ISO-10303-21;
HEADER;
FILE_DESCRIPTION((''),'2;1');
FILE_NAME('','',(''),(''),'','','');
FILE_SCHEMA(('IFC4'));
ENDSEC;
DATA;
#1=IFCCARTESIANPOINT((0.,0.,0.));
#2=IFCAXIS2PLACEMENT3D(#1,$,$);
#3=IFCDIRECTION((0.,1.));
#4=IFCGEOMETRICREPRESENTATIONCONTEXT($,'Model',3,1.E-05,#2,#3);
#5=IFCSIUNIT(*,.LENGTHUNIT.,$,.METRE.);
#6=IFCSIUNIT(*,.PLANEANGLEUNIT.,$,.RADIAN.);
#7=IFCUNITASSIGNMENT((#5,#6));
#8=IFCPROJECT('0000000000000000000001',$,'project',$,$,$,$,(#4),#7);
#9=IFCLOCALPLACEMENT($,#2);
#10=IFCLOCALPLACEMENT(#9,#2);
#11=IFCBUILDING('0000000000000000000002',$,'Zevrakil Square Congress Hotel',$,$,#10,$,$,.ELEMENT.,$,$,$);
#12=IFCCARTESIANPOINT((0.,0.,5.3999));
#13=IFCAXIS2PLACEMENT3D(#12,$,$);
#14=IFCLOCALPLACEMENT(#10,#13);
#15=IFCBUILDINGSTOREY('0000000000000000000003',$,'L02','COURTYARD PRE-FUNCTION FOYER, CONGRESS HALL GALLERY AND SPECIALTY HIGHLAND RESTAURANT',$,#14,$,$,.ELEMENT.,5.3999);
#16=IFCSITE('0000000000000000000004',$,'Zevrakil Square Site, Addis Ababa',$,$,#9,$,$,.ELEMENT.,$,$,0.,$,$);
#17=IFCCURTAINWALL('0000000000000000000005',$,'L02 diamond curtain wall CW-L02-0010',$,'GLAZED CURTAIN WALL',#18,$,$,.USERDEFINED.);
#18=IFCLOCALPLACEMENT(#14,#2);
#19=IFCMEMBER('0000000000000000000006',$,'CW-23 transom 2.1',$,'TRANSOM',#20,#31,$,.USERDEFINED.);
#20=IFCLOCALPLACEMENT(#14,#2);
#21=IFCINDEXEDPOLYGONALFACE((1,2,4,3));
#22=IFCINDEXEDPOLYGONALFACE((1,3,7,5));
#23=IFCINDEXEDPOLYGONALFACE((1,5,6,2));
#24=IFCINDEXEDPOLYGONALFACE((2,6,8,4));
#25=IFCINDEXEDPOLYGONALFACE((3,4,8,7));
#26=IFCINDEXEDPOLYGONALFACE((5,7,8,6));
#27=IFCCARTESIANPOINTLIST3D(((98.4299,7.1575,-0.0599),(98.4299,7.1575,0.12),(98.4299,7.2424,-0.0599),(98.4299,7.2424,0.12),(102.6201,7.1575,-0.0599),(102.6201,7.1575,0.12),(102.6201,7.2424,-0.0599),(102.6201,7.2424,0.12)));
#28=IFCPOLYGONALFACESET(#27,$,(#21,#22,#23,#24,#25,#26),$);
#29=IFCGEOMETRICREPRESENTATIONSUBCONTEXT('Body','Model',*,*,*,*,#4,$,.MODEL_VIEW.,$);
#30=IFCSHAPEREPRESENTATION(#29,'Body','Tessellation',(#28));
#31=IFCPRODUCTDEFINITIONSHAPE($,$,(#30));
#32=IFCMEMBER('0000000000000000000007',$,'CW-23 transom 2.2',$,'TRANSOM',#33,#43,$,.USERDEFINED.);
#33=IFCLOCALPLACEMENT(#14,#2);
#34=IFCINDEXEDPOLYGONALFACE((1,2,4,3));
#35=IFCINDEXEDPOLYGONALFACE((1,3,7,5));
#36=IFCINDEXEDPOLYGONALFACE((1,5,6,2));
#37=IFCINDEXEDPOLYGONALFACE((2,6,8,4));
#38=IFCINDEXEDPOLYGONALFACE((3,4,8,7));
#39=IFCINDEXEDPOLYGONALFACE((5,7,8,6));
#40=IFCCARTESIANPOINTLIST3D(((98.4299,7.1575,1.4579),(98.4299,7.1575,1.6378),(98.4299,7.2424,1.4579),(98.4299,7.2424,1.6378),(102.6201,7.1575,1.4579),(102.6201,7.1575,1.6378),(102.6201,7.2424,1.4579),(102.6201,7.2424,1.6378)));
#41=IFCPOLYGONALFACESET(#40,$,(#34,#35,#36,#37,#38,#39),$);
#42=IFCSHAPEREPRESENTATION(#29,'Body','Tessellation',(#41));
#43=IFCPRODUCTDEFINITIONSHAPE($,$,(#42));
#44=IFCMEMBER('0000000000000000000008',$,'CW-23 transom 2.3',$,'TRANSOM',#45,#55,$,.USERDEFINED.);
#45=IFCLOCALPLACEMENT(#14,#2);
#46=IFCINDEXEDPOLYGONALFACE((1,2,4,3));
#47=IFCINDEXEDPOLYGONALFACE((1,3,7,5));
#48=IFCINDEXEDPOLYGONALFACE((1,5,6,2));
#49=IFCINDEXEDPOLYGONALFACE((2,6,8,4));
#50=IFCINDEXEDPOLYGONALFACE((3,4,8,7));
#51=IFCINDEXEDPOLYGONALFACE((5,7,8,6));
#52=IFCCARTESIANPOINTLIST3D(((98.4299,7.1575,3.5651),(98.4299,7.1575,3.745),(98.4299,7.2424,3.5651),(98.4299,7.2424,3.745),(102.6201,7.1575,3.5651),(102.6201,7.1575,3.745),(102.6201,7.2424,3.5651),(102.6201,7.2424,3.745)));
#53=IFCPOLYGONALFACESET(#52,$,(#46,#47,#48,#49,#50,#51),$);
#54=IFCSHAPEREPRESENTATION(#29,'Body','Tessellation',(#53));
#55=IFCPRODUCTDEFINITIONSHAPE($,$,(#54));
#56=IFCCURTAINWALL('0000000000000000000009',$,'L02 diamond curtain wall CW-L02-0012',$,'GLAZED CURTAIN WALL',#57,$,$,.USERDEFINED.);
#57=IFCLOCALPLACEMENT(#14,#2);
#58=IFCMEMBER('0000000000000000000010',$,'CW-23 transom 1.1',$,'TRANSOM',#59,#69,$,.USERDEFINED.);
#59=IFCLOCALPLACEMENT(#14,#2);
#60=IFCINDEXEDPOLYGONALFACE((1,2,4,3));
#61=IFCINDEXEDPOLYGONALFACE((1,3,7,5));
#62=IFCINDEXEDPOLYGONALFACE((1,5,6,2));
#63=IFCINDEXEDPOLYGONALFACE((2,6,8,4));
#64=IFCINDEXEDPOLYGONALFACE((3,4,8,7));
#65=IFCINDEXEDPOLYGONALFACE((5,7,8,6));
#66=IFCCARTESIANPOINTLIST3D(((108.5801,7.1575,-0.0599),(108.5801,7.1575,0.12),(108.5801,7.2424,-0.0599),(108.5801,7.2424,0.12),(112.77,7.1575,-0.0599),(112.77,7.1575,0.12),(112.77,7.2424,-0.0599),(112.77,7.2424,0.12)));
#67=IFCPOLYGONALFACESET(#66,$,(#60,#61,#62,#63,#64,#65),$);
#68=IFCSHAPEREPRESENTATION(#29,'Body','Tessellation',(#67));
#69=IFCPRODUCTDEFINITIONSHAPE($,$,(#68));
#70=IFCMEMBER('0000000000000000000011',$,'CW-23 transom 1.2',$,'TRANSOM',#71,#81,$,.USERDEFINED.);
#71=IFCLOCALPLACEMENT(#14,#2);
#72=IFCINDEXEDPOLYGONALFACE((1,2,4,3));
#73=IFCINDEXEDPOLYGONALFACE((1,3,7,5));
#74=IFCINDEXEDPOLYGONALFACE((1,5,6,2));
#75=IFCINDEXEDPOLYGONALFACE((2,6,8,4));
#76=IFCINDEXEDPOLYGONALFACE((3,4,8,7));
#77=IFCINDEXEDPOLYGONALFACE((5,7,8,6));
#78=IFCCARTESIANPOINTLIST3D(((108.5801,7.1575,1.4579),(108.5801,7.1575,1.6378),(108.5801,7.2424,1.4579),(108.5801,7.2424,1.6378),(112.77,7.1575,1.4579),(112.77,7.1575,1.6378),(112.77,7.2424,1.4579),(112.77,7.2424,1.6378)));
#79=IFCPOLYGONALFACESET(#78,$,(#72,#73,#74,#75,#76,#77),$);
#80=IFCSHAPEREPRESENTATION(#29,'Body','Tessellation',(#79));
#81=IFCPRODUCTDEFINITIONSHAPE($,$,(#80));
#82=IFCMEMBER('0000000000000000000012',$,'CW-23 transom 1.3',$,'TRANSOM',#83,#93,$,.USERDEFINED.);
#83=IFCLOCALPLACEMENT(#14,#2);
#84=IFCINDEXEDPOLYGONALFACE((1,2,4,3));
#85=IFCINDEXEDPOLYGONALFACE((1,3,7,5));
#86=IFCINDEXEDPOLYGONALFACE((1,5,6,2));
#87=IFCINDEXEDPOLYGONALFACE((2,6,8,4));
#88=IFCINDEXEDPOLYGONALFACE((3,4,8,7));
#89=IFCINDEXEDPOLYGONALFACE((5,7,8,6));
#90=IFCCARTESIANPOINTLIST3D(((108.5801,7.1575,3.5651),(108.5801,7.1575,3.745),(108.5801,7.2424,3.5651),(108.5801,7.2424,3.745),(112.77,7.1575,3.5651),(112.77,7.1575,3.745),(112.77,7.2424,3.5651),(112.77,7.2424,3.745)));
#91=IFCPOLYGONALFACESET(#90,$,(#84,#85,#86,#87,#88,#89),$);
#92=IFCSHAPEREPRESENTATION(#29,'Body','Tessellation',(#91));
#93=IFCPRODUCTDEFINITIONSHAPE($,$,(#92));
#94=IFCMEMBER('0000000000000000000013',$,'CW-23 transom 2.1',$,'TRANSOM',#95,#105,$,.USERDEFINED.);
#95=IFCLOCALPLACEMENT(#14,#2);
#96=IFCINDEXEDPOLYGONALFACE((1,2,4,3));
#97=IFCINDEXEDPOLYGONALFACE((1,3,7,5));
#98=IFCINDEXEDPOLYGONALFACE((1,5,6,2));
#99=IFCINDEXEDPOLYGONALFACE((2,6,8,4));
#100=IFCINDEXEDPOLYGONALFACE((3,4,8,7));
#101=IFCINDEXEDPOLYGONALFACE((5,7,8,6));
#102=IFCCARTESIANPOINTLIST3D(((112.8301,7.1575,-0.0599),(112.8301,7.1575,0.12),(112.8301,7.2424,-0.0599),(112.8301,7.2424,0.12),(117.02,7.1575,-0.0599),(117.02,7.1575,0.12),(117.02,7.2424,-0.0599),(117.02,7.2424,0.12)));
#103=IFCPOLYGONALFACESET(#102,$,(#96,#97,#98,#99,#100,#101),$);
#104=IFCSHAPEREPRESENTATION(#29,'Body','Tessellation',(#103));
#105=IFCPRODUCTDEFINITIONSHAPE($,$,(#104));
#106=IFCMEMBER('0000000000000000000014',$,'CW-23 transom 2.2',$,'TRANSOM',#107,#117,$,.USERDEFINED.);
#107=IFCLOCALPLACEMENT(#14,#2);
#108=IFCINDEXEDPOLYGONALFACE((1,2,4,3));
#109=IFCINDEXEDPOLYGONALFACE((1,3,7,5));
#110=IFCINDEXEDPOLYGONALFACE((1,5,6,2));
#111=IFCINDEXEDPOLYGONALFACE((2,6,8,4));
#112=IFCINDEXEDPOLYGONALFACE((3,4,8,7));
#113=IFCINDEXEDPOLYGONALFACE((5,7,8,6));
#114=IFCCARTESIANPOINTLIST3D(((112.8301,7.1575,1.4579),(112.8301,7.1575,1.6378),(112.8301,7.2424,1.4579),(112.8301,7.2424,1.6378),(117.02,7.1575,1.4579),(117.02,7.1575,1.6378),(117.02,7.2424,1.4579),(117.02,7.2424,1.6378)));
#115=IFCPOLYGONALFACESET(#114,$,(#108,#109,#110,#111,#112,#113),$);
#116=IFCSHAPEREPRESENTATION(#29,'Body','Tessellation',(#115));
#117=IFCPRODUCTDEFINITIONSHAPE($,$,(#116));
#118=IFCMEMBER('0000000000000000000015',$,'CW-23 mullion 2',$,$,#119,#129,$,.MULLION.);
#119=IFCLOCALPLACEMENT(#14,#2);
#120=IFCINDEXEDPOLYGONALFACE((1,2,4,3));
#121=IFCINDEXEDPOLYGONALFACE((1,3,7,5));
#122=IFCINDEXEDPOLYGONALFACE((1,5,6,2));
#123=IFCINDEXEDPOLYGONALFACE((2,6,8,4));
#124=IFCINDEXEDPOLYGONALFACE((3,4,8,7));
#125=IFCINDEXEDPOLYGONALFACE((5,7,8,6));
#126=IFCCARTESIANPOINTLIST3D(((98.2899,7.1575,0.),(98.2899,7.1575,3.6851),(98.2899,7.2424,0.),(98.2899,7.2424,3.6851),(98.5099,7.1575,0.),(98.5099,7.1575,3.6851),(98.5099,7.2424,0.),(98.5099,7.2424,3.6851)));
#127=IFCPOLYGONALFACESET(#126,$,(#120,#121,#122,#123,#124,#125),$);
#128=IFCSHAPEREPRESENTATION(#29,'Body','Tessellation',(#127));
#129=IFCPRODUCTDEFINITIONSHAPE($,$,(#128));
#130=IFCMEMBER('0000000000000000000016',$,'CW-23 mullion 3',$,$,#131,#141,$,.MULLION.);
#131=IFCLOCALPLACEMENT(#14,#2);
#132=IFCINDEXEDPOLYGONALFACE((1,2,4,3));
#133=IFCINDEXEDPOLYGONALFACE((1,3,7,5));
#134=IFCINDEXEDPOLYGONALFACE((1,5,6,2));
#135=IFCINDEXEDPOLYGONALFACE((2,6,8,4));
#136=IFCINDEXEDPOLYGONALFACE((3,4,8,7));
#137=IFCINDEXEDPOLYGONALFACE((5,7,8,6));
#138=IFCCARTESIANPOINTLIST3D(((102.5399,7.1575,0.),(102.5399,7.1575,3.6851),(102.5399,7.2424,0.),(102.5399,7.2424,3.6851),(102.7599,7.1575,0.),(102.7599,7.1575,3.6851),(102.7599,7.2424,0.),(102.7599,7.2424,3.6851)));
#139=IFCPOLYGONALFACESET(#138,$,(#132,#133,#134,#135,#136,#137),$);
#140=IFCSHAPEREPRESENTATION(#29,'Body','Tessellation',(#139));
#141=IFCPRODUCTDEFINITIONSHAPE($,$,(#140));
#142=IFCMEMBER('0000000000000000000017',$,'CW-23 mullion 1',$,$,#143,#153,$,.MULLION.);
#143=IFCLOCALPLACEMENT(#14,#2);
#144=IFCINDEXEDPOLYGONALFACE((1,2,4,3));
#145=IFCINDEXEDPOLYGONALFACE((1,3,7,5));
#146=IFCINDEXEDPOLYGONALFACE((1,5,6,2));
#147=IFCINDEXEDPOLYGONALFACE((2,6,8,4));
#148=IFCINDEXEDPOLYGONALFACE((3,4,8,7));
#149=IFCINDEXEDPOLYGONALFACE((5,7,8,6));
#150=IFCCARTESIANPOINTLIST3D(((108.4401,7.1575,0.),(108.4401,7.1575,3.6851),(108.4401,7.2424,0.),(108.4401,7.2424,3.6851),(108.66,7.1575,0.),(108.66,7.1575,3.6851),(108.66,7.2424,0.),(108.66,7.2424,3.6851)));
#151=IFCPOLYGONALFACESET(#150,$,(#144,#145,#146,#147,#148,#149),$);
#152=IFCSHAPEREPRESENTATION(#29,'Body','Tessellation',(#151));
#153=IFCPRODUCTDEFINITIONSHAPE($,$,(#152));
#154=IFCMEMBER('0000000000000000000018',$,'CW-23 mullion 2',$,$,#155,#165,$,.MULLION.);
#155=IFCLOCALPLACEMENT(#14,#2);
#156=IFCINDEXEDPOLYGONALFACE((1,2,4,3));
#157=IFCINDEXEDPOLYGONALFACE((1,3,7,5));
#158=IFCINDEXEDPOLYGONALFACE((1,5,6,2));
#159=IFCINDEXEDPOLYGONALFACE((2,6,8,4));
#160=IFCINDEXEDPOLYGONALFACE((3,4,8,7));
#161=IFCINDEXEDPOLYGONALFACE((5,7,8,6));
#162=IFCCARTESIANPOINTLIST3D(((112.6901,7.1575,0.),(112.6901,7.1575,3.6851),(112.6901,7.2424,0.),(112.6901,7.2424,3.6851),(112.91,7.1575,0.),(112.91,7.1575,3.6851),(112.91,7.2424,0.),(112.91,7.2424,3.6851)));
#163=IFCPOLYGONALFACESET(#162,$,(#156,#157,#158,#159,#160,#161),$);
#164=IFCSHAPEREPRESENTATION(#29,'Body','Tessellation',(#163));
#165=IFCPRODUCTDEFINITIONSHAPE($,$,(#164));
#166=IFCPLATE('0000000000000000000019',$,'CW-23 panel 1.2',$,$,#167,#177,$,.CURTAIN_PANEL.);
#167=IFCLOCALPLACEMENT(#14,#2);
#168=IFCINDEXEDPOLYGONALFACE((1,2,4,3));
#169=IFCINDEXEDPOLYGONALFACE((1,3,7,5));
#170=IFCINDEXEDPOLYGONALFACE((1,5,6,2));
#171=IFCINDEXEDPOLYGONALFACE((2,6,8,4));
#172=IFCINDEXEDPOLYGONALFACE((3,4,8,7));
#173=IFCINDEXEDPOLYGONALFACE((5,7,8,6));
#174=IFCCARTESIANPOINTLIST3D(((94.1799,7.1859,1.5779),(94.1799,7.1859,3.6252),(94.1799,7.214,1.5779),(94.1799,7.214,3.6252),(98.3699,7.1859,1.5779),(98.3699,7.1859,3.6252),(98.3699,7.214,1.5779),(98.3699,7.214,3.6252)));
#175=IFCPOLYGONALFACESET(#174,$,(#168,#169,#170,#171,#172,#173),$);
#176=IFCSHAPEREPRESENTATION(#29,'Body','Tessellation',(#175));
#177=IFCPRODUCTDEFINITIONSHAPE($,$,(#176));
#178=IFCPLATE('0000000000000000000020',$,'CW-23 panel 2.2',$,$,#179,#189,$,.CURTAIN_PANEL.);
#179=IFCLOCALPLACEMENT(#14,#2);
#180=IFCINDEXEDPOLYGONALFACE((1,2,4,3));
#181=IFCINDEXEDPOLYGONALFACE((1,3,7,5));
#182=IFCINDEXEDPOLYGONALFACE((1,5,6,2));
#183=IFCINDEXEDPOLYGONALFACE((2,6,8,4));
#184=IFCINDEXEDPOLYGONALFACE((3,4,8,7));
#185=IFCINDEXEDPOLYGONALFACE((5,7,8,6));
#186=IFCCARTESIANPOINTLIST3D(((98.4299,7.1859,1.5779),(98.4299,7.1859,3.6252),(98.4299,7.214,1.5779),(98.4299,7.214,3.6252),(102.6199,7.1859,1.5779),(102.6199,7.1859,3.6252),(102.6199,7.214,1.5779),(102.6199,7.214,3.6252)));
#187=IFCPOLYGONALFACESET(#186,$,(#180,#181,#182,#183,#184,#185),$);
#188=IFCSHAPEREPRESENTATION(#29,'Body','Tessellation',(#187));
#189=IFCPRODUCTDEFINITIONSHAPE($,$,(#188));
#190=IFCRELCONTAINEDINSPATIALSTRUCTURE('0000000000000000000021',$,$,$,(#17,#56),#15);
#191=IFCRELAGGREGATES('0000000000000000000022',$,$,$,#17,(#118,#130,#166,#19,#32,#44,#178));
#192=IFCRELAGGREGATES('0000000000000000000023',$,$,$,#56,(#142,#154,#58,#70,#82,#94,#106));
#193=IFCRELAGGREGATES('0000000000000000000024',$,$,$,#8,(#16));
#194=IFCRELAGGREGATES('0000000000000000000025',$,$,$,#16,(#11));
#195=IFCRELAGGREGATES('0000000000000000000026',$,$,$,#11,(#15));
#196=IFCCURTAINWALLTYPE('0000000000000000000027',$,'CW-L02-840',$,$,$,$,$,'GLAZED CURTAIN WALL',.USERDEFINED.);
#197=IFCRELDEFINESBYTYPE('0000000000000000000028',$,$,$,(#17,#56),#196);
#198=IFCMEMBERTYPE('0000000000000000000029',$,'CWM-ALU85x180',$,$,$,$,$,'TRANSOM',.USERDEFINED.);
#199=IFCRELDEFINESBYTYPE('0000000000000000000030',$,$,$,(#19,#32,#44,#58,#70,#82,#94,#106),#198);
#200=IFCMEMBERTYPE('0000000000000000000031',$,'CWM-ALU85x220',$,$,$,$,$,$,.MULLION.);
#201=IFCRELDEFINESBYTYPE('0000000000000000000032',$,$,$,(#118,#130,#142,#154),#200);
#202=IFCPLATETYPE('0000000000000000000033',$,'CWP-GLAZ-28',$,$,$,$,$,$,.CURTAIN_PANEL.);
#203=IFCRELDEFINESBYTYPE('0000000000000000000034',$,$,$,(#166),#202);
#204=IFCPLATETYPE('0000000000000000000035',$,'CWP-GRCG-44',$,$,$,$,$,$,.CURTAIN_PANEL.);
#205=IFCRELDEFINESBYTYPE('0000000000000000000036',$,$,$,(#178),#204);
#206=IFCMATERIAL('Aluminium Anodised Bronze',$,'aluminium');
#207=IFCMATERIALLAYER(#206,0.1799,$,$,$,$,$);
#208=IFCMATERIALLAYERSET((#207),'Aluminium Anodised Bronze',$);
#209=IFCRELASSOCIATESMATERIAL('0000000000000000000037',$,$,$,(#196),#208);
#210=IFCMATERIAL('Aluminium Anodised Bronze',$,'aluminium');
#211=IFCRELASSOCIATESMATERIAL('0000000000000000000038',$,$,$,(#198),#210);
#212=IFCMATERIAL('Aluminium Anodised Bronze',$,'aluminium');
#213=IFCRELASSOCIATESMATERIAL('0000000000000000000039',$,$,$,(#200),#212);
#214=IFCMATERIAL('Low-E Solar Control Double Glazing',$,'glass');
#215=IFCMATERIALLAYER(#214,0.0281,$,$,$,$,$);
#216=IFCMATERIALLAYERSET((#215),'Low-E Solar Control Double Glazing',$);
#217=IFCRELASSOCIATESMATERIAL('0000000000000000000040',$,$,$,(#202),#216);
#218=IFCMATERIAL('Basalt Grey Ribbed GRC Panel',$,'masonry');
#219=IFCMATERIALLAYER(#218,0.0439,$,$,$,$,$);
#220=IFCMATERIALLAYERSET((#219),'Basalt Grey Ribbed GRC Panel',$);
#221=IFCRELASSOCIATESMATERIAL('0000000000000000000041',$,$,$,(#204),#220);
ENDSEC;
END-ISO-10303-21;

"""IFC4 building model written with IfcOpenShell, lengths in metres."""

from ifc_helpers import new_model, si_unit, direction, frame, origin, origin_2d, place, context, subcontext, project, spatial, rectangle, extrude, material, layer, layer_set, material_profile, profile_set, type_object, element, aggregate, save


model = new_model("IFC4")

# Units and contexts
model_context = context("Model", 3, precision=1e-05, world=origin(), true_north=direction((0.0, 1.0)))
body_context = subcontext(model_context, "Body", "Model", "MODEL_VIEW")
ifc_project = project(units=[si_unit("LENGTHUNIT", "METRE"), si_unit("PLANEANGLEUNIT", "RADIAN")], contexts=[model_context])

# Site, building, storey
site_placement = place(None, origin())
site = spatial("IfcSite", under=ifc_project, at=site_placement, Name="Zevrakil Square Site, Addis Ababa", CompositionType="ELEMENT", RefElevation=0.0)
building_placement = place(site_placement, origin())
building = spatial("IfcBuilding", under=site, at=building_placement, Name="Zevrakil Square Congress Hotel", CompositionType="ELEMENT")
storey_placement = place(building_placement, frame((0.0, 0.0, 5.3999)))
storey = spatial("IfcBuildingStorey", under=building, at=storey_placement, Name="L02", Description="COURTYARD PRE-FUNCTION FOYER, CONGRESS HALL GALLERY AND SPECIALTY HIGHLAND RESTAURANT", CompositionType="ELEMENT", Elevation=5.3999)

# Curtain walls, members
ifc_material_1 = material(Name="Aluminium Anodised Bronze", Category="aluminium")
ifc_layer_1 = layer(ifc_material_1, 0.1799)
ifc_layer_set_1 = layer_set([ifc_layer_1], Name="Aluminium Anodised Bronze")
curtain_wall_type = type_object("IfcCurtainWallType", Name="CW-L02-840", ElementType="GLAZED CURTAIN WALL", PredefinedType="USERDEFINED", material=ifc_layer_set_1)
curtain_wall_1_placement = place(storey_placement, origin())
curtain_wall_1 = element("IfcCurtainWall", 1, at=curtain_wall_1_placement, inside=storey, type_object=curtain_wall_type, Name="L02 diamond curtain wall CW-L02-0010", ObjectType="GLAZED CURTAIN WALL", PredefinedType="USERDEFINED")
ifc_material_2 = material(Name="Aluminium Anodised Bronze", Category="aluminium")
ifc_material_profile_1 = material_profile(ifc_material_2, rectangle(XDim=0.085, YDim=0.1799, at=origin_2d()), Name="ALU 85x180")
ifc_profile_set_1 = profile_set([ifc_material_profile_1], Name="Aluminium Anodised Bronze")
member_type_1 = type_object("IfcMemberType", Name="CWM-ALU85x180", ElementType="TRANSOM", PredefinedType="USERDEFINED", material=ifc_profile_set_1)
member_1_placement = place(storey_placement, frame((98.4299, 7.2, 0.03), z_axis=(1.0, 0.0, 0.0), x_axis=(0.0, 1.0, 0.0)))
member_1 = element("IfcMember", 2, at=member_1_placement, type_object=member_type_1, Name="CW-23 transom 2.1", ObjectType="TRANSOM", PredefinedType="USERDEFINED", context=body_context, shape_type="SweptSolid", body=[
    extrude(rectangle(XDim=0.085, YDim=0.1799, at=origin_2d()), origin(), (0.0, 0.0, 1.0), 4.1902),
])
member_2_placement = place(storey_placement, frame((98.4299, 7.2, 1.5479), z_axis=(1.0, 0.0, 0.0), x_axis=(0.0, 1.0, 0.0)))
member_2 = element("IfcMember", 3, at=member_2_placement, type_object=member_type_1, Name="CW-23 transom 2.2", ObjectType="TRANSOM", PredefinedType="USERDEFINED", context=body_context, shape_type="SweptSolid", body=[
    extrude(rectangle(XDim=0.085, YDim=0.1799, at=origin_2d()), origin(), (0.0, 0.0, 1.0), 4.1902),
])
member_3_placement = place(storey_placement, frame((98.4299, 7.2, 3.655), z_axis=(1.0, 0.0, 0.0), x_axis=(0.0, 1.0, 0.0)))
member_3 = element("IfcMember", 4, at=member_3_placement, type_object=member_type_1, Name="CW-23 transom 2.3", ObjectType="TRANSOM", PredefinedType="USERDEFINED", context=body_context, shape_type="SweptSolid", body=[
    extrude(rectangle(XDim=0.085, YDim=0.1799, at=origin_2d()), origin(), (0.0, 0.0, 1.0), 4.1902),
])
curtain_wall_2_placement = place(storey_placement, origin())
curtain_wall_2 = element("IfcCurtainWall", 5, at=curtain_wall_2_placement, inside=storey, type_object=curtain_wall_type, Name="L02 diamond curtain wall CW-L02-0012", ObjectType="GLAZED CURTAIN WALL", PredefinedType="USERDEFINED")
member_4_placement = place(storey_placement, frame((108.5801, 7.2, 0.03), z_axis=(1.0, 0.0, 0.0), x_axis=(0.0, 1.0, 0.0)))
member_4 = element("IfcMember", 6, at=member_4_placement, type_object=member_type_1, Name="CW-23 transom 1.1", ObjectType="TRANSOM", PredefinedType="USERDEFINED", context=body_context, shape_type="SweptSolid", body=[
    extrude(rectangle(XDim=0.085, YDim=0.1799, at=origin_2d()), origin(), (0.0, 0.0, 1.0), 4.1899),
])
member_5_placement = place(storey_placement, frame((108.5801, 7.2, 1.5479), z_axis=(1.0, 0.0, 0.0), x_axis=(0.0, 1.0, 0.0)))
member_5 = element("IfcMember", 7, at=member_5_placement, type_object=member_type_1, Name="CW-23 transom 1.2", ObjectType="TRANSOM", PredefinedType="USERDEFINED", context=body_context, shape_type="SweptSolid", body=[
    extrude(rectangle(XDim=0.085, YDim=0.1799, at=origin_2d()), origin(), (0.0, 0.0, 1.0), 4.1899),
])
member_6_placement = place(storey_placement, frame((108.5801, 7.2, 3.655), z_axis=(1.0, 0.0, 0.0), x_axis=(0.0, 1.0, 0.0)))
member_6 = element("IfcMember", 8, at=member_6_placement, type_object=member_type_1, Name="CW-23 transom 1.3", ObjectType="TRANSOM", PredefinedType="USERDEFINED", context=body_context, shape_type="SweptSolid", body=[
    extrude(rectangle(XDim=0.085, YDim=0.1799, at=origin_2d()), origin(), (0.0, 0.0, 1.0), 4.1899),
])
member_7_placement = place(storey_placement, frame((112.8301, 7.2, 0.03), z_axis=(1.0, 0.0, 0.0), x_axis=(0.0, 1.0, 0.0)))
member_7 = element("IfcMember", 9, at=member_7_placement, type_object=member_type_1, Name="CW-23 transom 2.1", ObjectType="TRANSOM", PredefinedType="USERDEFINED", context=body_context, shape_type="SweptSolid", body=[
    extrude(rectangle(XDim=0.085, YDim=0.1799, at=origin_2d()), origin(), (0.0, 0.0, 1.0), 4.1899),
])
member_8_placement = place(storey_placement, frame((112.8301, 7.2, 1.5479), z_axis=(1.0, 0.0, 0.0), x_axis=(0.0, 1.0, 0.0)))
member_8 = element("IfcMember", 10, at=member_8_placement, type_object=member_type_1, Name="CW-23 transom 2.2", ObjectType="TRANSOM", PredefinedType="USERDEFINED", context=body_context, shape_type="SweptSolid", body=[
    extrude(rectangle(XDim=0.085, YDim=0.1799, at=origin_2d()), origin(), (0.0, 0.0, 1.0), 4.1899),
])

# Members
ifc_material_3 = material(Name="Aluminium Anodised Bronze", Category="aluminium")
ifc_material_profile_2 = material_profile(ifc_material_3, rectangle(XDim=0.085, YDim=0.22, at=origin_2d()), Name="ALU 85x220")
ifc_profile_set_2 = profile_set([ifc_material_profile_2], Name="Aluminium Anodised Bronze")
member_type_2 = type_object("IfcMemberType", Name="CWM-ALU85x220", PredefinedType="MULLION", material=ifc_profile_set_2)
member_9_placement = place(storey_placement, frame((98.3999, 7.2, 0.0), z_axis=(0.0, 0.0, 1.0), x_axis=(0.0, 1.0, 0.0)))
member_9 = element("IfcMember", 11, at=member_9_placement, type_object=member_type_2, Name="CW-23 mullion 2", PredefinedType="MULLION", context=body_context, shape_type="SweptSolid", body=[
    extrude(rectangle(XDim=0.085, YDim=0.22, at=origin_2d()), origin(), (0.0, 0.0, 1.0), 3.6851),
])
member_10_placement = place(storey_placement, frame((102.6499, 7.2, 0.0), z_axis=(0.0, 0.0, 1.0), x_axis=(0.0, 1.0, 0.0)))
member_10 = element("IfcMember", 12, at=member_10_placement, type_object=member_type_2, Name="CW-23 mullion 3", PredefinedType="MULLION", context=body_context, shape_type="SweptSolid", body=[
    extrude(rectangle(XDim=0.085, YDim=0.22, at=origin_2d()), origin(), (0.0, 0.0, 1.0), 3.6851),
])
member_11_placement = place(storey_placement, frame((108.55, 7.2, 0.0), z_axis=(0.0, 0.0, 1.0), x_axis=(0.0, 1.0, 0.0)))
member_11 = element("IfcMember", 13, at=member_11_placement, type_object=member_type_2, Name="CW-23 mullion 1", PredefinedType="MULLION", context=body_context, shape_type="SweptSolid", body=[
    extrude(rectangle(XDim=0.085, YDim=0.22, at=origin_2d()), origin(), (0.0, 0.0, 1.0), 3.6851),
])
member_12_placement = place(storey_placement, frame((112.8, 7.2, 0.0), z_axis=(0.0, 0.0, 1.0), x_axis=(0.0, 1.0, 0.0)))
member_12 = element("IfcMember", 14, at=member_12_placement, type_object=member_type_2, Name="CW-23 mullion 2", PredefinedType="MULLION", context=body_context, shape_type="SweptSolid", body=[
    extrude(rectangle(XDim=0.085, YDim=0.22, at=origin_2d()), origin(), (0.0, 0.0, 1.0), 3.6851),
])

# Plates
ifc_material_4 = material(Name="Low-E Solar Control Double Glazing", Category="glass")
ifc_layer_2 = layer(ifc_material_4, 0.0281)
ifc_layer_set_2 = layer_set([ifc_layer_2], Name="Low-E Solar Control Double Glazing")
plate_type_1 = type_object("IfcPlateType", Name="CWP-GLAZ-28", PredefinedType="CURTAIN_PANEL", material=ifc_layer_set_2)
plate_1_placement = place(storey_placement, frame((96.2749, 7.2, 1.5779), z_axis=(0.0, 0.0, 1.0), x_axis=(1.0, 0.0, 0.0)))
plate_1 = element("IfcPlate", 15, at=plate_1_placement, type_object=plate_type_1, Name="CW-23 panel 1.2", PredefinedType="CURTAIN_PANEL", context=body_context, shape_type="SweptSolid", body=[
    extrude(rectangle(XDim=4.1899, YDim=0.0281, at=origin_2d()), origin(), (0.0, 0.0, 1.0), 2.0474),
])
ifc_material_5 = material(Name="Basalt Grey Ribbed GRC Panel", Category="masonry")
ifc_layer_3 = layer(ifc_material_5, 0.0439)
ifc_layer_set_3 = layer_set([ifc_layer_3], Name="Basalt Grey Ribbed GRC Panel")
plate_type_2 = type_object("IfcPlateType", Name="CWP-GRCG-44", PredefinedType="CURTAIN_PANEL", material=ifc_layer_set_3)
plate_2_placement = place(storey_placement, frame((100.5249, 7.2, 1.5779), z_axis=(0.0, 0.0, 1.0), x_axis=(1.0, 0.0, 0.0)))
plate_2 = element("IfcPlate", 16, at=plate_2_placement, type_object=plate_type_2, Name="CW-23 panel 2.2", PredefinedType="CURTAIN_PANEL", context=body_context, shape_type="SweptSolid", body=[
    extrude(rectangle(XDim=4.1899, YDim=0.0281, at=origin_2d()), origin(), (0.0, 0.0, 1.0), 2.0474),
])
aggregate(curtain_wall_1, [member_9, member_10, plate_1, member_1, member_2, member_3, plate_2])
aggregate(curtain_wall_2, [member_11, member_12, member_4, member_5, member_6, member_7, member_8])

save(model, "model.ifc")
